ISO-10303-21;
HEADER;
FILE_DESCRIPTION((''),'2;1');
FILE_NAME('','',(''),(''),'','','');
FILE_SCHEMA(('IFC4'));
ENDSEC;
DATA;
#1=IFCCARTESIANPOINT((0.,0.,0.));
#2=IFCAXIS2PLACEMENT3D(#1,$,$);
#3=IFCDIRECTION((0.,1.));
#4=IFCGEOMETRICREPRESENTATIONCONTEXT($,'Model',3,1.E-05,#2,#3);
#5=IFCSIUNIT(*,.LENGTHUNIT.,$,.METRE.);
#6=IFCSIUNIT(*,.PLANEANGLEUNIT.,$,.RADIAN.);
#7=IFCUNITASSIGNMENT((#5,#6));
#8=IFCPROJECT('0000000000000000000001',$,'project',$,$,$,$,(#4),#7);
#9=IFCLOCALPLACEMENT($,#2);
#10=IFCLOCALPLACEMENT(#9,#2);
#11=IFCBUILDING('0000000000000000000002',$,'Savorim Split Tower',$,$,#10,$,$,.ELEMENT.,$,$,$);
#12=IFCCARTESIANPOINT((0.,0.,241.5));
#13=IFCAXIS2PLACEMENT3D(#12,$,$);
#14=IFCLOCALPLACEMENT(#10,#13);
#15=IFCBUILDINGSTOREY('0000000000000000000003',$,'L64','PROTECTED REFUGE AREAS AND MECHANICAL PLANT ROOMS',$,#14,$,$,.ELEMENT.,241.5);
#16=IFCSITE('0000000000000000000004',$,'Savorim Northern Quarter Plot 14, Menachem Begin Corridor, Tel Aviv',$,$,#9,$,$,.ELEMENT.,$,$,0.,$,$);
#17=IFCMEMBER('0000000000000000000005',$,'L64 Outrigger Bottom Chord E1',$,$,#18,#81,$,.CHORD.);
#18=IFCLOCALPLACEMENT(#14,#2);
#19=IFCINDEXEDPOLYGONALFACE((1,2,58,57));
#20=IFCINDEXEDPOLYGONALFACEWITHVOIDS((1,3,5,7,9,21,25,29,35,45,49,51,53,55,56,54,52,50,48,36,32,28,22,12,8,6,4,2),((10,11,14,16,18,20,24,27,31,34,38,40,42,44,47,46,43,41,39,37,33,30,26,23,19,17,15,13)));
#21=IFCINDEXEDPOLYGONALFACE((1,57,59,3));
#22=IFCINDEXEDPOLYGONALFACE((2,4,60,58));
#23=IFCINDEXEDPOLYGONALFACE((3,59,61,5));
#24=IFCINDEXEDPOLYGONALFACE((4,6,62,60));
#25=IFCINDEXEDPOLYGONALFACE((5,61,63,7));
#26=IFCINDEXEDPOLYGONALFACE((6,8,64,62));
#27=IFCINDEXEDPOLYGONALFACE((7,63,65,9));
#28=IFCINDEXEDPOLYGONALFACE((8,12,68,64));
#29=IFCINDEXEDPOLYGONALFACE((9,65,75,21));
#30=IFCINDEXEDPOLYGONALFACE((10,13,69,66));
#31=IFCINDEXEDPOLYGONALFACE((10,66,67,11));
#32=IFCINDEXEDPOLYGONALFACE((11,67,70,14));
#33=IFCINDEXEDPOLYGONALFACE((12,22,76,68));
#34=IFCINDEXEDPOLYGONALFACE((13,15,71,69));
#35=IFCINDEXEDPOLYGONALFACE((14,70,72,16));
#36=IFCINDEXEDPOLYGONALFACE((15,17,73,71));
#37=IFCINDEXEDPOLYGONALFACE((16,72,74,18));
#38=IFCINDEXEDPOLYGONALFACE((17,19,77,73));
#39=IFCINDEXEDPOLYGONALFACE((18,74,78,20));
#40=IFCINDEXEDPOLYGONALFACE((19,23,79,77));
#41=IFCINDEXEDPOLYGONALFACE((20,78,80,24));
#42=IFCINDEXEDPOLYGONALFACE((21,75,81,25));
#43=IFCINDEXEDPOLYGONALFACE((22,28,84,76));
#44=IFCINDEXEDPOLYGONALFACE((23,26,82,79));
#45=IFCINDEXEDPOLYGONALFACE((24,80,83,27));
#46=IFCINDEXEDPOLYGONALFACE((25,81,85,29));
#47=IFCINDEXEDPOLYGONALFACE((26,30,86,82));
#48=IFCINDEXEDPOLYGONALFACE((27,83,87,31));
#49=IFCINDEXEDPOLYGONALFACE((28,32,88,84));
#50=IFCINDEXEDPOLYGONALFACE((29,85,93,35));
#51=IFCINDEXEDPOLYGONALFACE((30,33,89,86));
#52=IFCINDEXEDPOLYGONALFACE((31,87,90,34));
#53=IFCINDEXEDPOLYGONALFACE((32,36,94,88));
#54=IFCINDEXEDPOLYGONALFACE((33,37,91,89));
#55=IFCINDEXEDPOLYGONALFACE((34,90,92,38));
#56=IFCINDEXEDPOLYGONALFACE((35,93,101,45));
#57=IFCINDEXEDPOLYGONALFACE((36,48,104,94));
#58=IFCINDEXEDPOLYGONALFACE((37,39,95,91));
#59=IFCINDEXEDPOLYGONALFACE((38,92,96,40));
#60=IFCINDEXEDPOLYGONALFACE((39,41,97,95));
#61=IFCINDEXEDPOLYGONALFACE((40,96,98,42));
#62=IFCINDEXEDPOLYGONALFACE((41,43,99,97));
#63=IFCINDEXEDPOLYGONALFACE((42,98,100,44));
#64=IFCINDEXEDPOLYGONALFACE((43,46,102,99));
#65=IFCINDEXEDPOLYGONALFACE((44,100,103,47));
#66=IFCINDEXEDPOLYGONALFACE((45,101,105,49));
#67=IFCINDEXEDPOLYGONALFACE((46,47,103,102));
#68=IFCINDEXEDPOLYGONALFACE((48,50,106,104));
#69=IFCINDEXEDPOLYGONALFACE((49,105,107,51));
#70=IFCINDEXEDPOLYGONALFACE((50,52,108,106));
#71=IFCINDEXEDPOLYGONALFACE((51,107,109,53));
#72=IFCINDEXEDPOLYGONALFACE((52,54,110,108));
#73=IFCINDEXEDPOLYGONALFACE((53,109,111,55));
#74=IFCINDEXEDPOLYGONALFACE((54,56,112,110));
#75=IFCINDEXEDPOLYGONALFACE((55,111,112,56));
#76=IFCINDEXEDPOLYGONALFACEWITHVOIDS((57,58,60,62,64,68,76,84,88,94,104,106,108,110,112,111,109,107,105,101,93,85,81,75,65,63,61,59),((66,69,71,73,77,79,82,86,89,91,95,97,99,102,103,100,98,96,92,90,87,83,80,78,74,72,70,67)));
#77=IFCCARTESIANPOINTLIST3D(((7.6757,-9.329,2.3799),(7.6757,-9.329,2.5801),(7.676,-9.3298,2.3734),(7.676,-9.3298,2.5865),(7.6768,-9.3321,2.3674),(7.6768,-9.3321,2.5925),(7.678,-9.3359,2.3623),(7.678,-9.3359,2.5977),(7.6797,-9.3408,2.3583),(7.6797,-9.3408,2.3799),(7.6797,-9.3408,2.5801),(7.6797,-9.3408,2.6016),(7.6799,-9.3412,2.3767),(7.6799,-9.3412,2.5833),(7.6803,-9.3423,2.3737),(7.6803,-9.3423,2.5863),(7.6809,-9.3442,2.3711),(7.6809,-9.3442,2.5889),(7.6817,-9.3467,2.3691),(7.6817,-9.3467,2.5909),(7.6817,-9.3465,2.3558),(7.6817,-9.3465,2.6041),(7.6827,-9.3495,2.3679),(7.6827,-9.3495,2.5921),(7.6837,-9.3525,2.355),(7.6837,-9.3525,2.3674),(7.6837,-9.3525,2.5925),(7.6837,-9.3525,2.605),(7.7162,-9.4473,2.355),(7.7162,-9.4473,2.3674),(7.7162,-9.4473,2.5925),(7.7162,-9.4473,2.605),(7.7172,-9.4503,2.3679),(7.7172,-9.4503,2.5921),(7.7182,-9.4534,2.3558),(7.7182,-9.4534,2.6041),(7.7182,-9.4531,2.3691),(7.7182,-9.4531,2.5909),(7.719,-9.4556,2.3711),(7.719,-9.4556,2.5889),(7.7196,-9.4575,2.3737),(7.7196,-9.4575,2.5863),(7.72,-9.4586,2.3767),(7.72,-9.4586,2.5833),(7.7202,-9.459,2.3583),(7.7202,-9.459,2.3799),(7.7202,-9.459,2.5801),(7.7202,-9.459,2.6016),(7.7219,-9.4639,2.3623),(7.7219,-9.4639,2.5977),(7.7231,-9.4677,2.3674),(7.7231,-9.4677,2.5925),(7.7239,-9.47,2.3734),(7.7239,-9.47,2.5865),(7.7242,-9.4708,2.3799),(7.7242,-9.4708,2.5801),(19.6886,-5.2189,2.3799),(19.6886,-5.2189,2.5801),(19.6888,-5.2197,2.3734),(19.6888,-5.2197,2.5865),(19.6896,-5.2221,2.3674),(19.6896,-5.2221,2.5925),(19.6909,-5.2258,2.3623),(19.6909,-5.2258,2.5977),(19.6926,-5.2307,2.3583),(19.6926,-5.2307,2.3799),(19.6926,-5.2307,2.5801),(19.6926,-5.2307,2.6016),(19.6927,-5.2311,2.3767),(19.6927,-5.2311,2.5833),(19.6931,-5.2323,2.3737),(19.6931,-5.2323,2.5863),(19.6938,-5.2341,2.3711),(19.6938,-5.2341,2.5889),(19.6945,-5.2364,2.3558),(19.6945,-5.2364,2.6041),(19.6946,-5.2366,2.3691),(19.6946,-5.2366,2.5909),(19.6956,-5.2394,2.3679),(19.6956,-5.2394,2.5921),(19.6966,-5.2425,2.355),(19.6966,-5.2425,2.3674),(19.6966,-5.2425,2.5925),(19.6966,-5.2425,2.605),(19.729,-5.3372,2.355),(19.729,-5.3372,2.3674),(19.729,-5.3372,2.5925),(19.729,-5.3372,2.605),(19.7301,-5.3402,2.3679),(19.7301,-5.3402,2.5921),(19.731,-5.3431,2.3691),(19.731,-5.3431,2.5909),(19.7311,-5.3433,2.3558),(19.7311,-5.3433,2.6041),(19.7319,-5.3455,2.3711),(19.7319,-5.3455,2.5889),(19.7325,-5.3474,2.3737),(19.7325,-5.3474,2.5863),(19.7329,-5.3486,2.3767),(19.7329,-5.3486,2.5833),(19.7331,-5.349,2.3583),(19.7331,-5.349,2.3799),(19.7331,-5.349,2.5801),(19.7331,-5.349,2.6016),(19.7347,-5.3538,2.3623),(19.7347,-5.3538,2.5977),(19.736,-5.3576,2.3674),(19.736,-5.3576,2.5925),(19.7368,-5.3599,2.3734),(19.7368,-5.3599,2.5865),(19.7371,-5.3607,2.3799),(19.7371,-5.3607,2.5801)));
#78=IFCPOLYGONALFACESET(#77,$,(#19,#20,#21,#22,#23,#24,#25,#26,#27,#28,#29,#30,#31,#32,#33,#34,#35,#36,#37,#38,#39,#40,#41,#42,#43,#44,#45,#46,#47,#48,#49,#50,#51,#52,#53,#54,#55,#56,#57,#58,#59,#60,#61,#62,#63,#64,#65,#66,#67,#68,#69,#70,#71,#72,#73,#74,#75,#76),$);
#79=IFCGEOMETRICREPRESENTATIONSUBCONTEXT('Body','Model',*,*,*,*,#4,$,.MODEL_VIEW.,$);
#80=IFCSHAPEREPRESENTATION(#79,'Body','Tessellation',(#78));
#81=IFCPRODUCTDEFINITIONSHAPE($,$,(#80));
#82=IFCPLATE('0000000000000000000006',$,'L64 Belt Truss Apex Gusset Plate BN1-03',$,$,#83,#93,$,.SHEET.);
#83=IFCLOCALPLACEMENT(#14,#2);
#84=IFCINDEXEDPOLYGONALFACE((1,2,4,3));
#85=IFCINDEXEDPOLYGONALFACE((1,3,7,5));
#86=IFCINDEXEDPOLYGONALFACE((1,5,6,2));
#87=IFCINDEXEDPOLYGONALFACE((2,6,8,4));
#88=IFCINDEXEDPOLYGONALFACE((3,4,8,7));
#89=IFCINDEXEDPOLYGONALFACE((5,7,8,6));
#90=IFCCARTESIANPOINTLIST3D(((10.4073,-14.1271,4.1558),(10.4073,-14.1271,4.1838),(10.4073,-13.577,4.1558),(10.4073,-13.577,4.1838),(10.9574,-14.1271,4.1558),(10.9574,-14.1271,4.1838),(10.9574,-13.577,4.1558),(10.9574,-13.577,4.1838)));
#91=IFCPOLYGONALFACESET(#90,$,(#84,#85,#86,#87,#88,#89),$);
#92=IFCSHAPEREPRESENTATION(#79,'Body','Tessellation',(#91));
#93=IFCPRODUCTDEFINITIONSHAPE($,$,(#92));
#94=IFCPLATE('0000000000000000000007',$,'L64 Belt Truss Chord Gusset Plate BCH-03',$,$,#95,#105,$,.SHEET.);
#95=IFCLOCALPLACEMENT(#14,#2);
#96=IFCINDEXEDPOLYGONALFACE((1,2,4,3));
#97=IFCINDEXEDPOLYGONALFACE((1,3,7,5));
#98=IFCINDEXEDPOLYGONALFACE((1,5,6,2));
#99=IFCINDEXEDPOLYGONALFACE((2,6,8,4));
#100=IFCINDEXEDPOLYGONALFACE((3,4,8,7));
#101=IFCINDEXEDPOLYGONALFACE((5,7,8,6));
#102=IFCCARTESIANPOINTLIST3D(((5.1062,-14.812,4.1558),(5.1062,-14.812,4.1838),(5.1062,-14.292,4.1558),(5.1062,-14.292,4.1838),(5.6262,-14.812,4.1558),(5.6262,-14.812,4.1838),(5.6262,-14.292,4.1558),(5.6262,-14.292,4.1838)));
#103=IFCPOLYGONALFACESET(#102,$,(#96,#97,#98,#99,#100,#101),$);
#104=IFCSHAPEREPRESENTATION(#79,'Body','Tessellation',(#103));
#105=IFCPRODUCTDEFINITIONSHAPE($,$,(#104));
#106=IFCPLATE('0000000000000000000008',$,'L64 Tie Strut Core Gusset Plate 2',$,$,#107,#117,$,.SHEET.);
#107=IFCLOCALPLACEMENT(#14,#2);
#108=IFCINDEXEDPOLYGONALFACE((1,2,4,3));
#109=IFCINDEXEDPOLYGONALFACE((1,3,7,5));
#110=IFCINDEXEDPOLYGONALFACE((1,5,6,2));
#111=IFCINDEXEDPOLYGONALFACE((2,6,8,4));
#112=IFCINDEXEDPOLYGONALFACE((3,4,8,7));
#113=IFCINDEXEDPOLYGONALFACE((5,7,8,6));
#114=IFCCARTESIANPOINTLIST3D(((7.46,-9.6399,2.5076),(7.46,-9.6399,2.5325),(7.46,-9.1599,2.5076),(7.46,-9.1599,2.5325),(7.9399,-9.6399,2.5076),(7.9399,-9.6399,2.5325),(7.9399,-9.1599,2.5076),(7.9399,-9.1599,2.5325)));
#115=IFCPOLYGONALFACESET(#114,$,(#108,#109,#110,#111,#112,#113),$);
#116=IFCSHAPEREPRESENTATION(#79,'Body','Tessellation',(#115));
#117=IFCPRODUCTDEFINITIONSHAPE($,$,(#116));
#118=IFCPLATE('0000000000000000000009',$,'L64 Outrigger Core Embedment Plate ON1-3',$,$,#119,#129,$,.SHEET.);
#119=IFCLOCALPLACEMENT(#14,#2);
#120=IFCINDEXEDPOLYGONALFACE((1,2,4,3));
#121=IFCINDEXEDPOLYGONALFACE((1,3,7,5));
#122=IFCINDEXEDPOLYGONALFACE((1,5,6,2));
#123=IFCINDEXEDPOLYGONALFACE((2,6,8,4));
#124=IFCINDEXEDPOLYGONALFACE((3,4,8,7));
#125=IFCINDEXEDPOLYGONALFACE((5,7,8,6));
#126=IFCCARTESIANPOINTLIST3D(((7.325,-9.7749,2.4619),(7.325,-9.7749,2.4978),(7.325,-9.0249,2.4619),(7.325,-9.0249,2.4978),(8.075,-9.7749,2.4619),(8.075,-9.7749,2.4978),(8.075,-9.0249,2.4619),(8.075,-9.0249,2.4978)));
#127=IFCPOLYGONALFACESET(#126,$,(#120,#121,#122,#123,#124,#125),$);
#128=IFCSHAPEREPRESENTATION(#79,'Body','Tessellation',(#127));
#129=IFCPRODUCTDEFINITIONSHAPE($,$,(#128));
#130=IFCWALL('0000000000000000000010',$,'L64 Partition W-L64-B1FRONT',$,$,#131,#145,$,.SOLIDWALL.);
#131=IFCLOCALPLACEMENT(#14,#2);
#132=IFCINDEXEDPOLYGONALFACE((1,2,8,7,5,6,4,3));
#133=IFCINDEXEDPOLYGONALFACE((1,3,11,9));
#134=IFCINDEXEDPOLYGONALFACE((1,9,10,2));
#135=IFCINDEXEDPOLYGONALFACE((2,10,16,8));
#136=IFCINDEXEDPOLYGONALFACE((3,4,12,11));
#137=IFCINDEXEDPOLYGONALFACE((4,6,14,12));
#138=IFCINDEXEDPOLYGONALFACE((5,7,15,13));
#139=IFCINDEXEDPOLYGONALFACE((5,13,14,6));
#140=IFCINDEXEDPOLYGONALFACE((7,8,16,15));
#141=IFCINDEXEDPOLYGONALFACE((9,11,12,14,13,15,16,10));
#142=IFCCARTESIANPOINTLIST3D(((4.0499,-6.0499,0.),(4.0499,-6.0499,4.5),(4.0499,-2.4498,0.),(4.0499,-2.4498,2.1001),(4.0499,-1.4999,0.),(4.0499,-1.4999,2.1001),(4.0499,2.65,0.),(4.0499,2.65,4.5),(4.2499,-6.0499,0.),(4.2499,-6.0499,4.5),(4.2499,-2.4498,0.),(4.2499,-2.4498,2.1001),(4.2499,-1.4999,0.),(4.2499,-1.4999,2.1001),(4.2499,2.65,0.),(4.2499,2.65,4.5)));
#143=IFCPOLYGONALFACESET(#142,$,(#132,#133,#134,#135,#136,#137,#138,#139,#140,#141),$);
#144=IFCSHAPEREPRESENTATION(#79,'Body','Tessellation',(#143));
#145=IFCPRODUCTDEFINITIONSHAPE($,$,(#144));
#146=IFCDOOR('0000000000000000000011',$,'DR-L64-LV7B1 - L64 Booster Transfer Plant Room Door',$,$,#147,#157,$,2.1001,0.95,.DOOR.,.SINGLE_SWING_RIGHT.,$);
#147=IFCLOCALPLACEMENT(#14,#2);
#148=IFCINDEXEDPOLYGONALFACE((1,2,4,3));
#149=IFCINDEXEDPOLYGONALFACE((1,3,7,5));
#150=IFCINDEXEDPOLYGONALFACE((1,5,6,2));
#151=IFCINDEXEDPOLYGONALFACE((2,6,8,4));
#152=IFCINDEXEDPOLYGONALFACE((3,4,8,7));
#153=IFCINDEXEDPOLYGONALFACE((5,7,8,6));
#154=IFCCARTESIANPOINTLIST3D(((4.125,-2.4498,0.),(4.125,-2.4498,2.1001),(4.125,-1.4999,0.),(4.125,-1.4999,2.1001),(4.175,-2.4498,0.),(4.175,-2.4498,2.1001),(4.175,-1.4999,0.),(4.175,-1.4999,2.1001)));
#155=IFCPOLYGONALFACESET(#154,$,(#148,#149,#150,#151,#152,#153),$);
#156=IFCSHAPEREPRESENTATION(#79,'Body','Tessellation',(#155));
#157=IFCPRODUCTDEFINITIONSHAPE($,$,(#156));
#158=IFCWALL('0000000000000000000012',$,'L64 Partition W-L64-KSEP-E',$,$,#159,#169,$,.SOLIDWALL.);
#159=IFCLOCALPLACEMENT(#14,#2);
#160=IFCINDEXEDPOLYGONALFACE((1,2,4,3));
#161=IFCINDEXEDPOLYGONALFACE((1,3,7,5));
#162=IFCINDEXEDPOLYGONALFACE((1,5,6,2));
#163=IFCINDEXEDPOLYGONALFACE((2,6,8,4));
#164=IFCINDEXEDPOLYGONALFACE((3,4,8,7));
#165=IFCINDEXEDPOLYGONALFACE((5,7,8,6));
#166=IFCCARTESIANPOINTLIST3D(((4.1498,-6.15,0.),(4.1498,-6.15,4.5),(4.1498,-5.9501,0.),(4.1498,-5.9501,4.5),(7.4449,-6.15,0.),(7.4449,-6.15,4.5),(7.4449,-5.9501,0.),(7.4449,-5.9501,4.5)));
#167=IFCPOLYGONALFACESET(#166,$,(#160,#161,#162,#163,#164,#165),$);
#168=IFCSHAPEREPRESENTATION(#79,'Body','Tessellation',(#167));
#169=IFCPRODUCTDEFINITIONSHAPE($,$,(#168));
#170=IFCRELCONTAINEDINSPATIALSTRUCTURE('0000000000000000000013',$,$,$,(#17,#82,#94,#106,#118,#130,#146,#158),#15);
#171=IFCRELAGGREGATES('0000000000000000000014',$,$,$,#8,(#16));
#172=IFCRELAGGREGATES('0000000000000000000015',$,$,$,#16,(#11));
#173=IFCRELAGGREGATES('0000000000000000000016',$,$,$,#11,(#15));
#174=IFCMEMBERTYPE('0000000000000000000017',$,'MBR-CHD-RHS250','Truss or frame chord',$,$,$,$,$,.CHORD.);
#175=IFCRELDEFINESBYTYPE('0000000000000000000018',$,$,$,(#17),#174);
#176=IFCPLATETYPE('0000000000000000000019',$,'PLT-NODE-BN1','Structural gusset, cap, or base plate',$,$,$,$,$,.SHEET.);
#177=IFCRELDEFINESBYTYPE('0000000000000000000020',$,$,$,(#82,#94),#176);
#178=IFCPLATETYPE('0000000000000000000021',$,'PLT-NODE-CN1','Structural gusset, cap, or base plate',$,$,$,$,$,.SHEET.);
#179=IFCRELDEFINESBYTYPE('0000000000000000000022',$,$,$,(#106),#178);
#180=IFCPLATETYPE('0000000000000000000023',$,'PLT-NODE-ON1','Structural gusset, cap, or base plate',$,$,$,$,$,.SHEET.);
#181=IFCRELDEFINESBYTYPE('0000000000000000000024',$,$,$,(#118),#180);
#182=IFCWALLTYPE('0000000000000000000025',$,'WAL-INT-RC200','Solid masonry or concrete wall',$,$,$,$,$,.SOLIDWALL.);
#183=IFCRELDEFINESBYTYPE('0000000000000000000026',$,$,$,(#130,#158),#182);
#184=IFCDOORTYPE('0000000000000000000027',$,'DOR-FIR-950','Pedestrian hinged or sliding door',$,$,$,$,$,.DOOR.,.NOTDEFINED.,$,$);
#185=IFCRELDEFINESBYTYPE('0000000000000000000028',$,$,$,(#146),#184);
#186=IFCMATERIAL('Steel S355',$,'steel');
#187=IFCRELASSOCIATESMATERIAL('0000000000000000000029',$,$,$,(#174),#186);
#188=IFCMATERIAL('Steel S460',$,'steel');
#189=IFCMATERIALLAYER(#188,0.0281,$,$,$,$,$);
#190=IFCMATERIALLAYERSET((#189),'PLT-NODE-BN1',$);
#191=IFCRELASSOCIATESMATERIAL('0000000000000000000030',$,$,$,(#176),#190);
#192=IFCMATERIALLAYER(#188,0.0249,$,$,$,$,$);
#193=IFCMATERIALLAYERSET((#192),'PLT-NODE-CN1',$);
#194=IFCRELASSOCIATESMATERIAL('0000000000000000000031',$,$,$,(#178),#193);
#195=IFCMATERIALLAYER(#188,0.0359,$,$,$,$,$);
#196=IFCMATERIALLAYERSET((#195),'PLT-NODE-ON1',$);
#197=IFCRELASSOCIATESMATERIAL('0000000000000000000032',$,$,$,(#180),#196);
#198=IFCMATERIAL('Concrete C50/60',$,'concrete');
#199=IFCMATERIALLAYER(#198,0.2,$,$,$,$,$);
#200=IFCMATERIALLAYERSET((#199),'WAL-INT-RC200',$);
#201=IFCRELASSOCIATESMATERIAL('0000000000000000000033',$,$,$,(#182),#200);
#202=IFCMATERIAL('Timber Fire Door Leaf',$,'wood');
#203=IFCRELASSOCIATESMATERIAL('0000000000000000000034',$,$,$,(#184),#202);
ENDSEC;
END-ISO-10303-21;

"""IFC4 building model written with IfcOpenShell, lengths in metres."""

from ifc_helpers import new_model, si_unit, direction, frame, frame_2d, origin, origin_2d, place, context, subcontext, project, spatial, rectangle, hollow_rectangle, extrude, material, layer, layer_set, material_profile, profile_set, type_object, element, fill, save


model = new_model("IFC4")

# Units and contexts
model_context = context("Model", 3, precision=1e-05, world=origin(), true_north=direction((0.0, 1.0)))
body_context = subcontext(model_context, "Body", "Model", "MODEL_VIEW")
ifc_project = project(units=[si_unit("LENGTHUNIT", "METRE"), si_unit("PLANEANGLEUNIT", "RADIAN")], contexts=[model_context])

# Site, building, storey
site_placement = place(None, origin())
site = spatial("IfcSite", under=ifc_project, at=site_placement, Name="Savorim Northern Quarter Plot 14, Menachem Begin Corridor, Tel Aviv", CompositionType="ELEMENT", RefElevation=0.0)
building_placement = place(site_placement, origin())
building = spatial("IfcBuilding", under=site, at=building_placement, Name="Savorim Split Tower", CompositionType="ELEMENT")
storey_placement = place(building_placement, frame((0.0, 0.0, 241.5)))
storey = spatial("IfcBuildingStorey", under=building, at=storey_placement, Name="L64", Description="PROTECTED REFUGE AREAS AND MECHANICAL PLANT ROOMS", CompositionType="ELEMENT", Elevation=241.5)

# Shared definitions
ifc_material_1 = material(Name="Steel S355", Category="steel")

# Member
ifc_material_2 = material(Name="Steel S460", Category="steel")
ifc_material_profile_1 = material_profile(ifc_material_1, hollow_rectangle(XDim=0.1499, YDim=0.25, WallThickness=0.0125, InnerFilletRadius=0.0125, OuterFilletRadius=0.0249, at=origin_2d()), Name="RHS 250x150x12.5")
ifc_profile_set_1 = profile_set([ifc_material_profile_1], Name="Steel S355")
member_type_1 = type_object("IfcMemberType", Name="MBR-CHD-RHS250", Description="Truss or frame chord", PredefinedType="CHORD", material=ifc_profile_set_1)
member_1_placement = place(storey_placement, frame((7.7, -9.3999, 2.48), z_axis=(0.946154, 0.323717, 0.0), x_axis=(-0.323717, 0.946154, 0.0)))
element("IfcMember", 1, at=member_1_placement, inside=storey, type_object=member_type_1, Name="L64 Outrigger Bottom Chord E1", PredefinedType="CHORD", context=body_context, shape_type="SweptSolid", body=[
    extrude(hollow_rectangle(XDim=0.1499, YDim=0.25, WallThickness=0.0125, InnerFilletRadius=0.0125, OuterFilletRadius=0.0249, at=origin_2d()), origin(), (0.0, 0.0, 1.0), 12.6965),
])

# Plates
ifc_layer_1 = layer(ifc_material_2, 0.0281)
ifc_layer_set_1 = layer_set([ifc_layer_1], Name="PLT-NODE-BN1")
plate_type_1 = type_object("IfcPlateType", Name="PLT-NODE-BN1", Description="Structural gusset, cap, or base plate", PredefinedType="SHEET", material=ifc_layer_set_1)
plate_1_placement = place(storey_placement, frame((10.6824, -13.8521, 4.1558), z_axis=(0.0, 0.0, 1.0), x_axis=(1.0, 0.0, 0.0)))
element("IfcPlate", 2, at=plate_1_placement, inside=storey, type_object=plate_type_1, Name="L64 Belt Truss Apex Gusset Plate BN1-03", PredefinedType="SHEET", context=body_context, shape_type="SweptSolid", body=[
    extrude(rectangle(XDim=0.55, YDim=0.55, at=origin_2d()), origin(), (0.0, 0.0, 1.0), 0.0281),
])
plate_2_placement = place(storey_placement, frame((5.3662, -14.552, 4.1558), z_axis=(0.0, 0.0, 1.0), x_axis=(1.0, 0.0, 0.0)))
element("IfcPlate", 3, at=plate_2_placement, inside=storey, type_object=plate_type_1, Name="L64 Belt Truss Chord Gusset Plate BCH-03", PredefinedType="SHEET", context=body_context, shape_type="SweptSolid", body=[
    extrude(rectangle(XDim=0.52, YDim=0.52, at=origin_2d()), origin(), (0.0, 0.0, 1.0), 0.0281),
])
ifc_layer_2 = layer(ifc_material_2, 0.0249)
ifc_layer_set_2 = layer_set([ifc_layer_2], Name="PLT-NODE-CN1")
plate_type_2 = type_object("IfcPlateType", Name="PLT-NODE-CN1", Description="Structural gusset, cap, or base plate", PredefinedType="SHEET", material=ifc_layer_set_2)
plate_3_placement = place(storey_placement, frame((7.7, -9.3999, 2.5076), z_axis=(0.0, 0.0, 1.0), x_axis=(1.0, 0.0, 0.0)))
element("IfcPlate", 4, at=plate_3_placement, inside=storey, type_object=plate_type_2, Name="L64 Tie Strut Core Gusset Plate 2", PredefinedType="SHEET", context=body_context, shape_type="SweptSolid", body=[
    extrude(rectangle(XDim=0.48, YDim=0.48, at=origin_2d()), origin(), (0.0, 0.0, 1.0), 0.0249),
])
ifc_layer_3 = layer(ifc_material_2, 0.0359)
ifc_layer_set_3 = layer_set([ifc_layer_3], Name="PLT-NODE-ON1")
plate_type_3 = type_object("IfcPlateType", Name="PLT-NODE-ON1", Description="Structural gusset, cap, or base plate", PredefinedType="SHEET", material=ifc_layer_set_3)
plate_4_placement = place(storey_placement, frame((7.7, -9.3999, 2.4619), z_axis=(0.0, 0.0, 1.0), x_axis=(1.0, 0.0, 0.0)))
element("IfcPlate", 5, at=plate_4_placement, inside=storey, type_object=plate_type_3, Name="L64 Outrigger Core Embedment Plate ON1-3", PredefinedType="SHEET", context=body_context, shape_type="SweptSolid", body=[
    extrude(rectangle(XDim=0.75, YDim=0.75, at=origin_2d()), origin(), (0.0, 0.0, 1.0), 0.0359),
])

# Wall, opening, door
ifc_material_3 = material(Name="Concrete C50/60", Category="concrete")
ifc_layer_4 = layer(ifc_material_3, 0.2)
ifc_layer_set_4 = layer_set([ifc_layer_4], Name="WAL-INT-RC200")
wall_type_1 = type_object("IfcWallType", Name="WAL-INT-RC200", Description="Solid masonry or concrete wall", PredefinedType="SOLIDWALL", material=ifc_layer_set_4)
wall_1_placement = place(storey_placement, frame((4.1499, -6.05, 0.0), z_axis=(0.0, 0.0, 1.0), x_axis=(0.0, 1.0, 0.0)))
wall_1 = element("IfcWall", 6, at=wall_1_placement, inside=storey, type_object=wall_type_1, Name="L64 Partition W-L64-B1FRONT", PredefinedType="SOLIDWALL", context=body_context, shape_type="SweptSolid", body=[
    extrude(rectangle(XDim=8.7, YDim=0.2, at=frame_2d((4.3501, 0.0))), origin(), (0.0, 0.0, 1.0), 4.5),
])
opening_1_placement = place(wall_1_placement, frame((3.6001, 0.0, 0.0)))
opening_1 = element("IfcOpeningElement", 7, at=opening_1_placement, cuts=wall_1, PredefinedType="OPENING", context=body_context, shape_type="SweptSolid", body=[
    extrude(rectangle(XDim=0.95, YDim=2.1001, at=frame_2d((0.4751, 1.05))), frame((0.0, 0.1099, 0.0), z_axis=(0.0, -1.0, 0.0), x_axis=(1.0, 0.0, 0.0)), (0.0, 0.0, 1.0), 0.22),
])
ifc_material_4 = material(Name="Timber Fire Door Leaf", Category="wood")
door_type_1 = type_object("IfcDoorType", Name="DOR-FIR-950", Description="Pedestrian hinged or sliding door", OperationType="NOTDEFINED", PredefinedType="DOOR", material=ifc_material_4)
door_1_placement = place(opening_1_placement, origin())
door_1 = element("IfcDoor", 8, at=door_1_placement, inside=storey, type_object=door_type_1, Name="DR-L64-LV7B1 - L64 Booster Transfer Plant Room Door", OperationType="SINGLE_SWING_RIGHT", OverallHeight=2.1001, OverallWidth=0.95, PredefinedType="DOOR", context=body_context, shape_type="SweptSolid", body=[
    extrude(rectangle(XDim=0.95, YDim=2.1001, at=frame_2d((0.4751, 1.05))), frame((0.0, 0.0249, 0.0), z_axis=(0.0, -1.0, 0.0), x_axis=(1.0, 0.0, 0.0)), (0.0, 0.0, 1.0), 0.05),
])
fill(opening_1, door_1)

# Wall
wall_2_placement = place(storey_placement, frame((4.1499, -6.05, 0.0), z_axis=(0.0, 0.0, 1.0), x_axis=(1.0, 0.0, 0.0)))
element("IfcWall", 9, at=wall_2_placement, inside=storey, type_object=wall_type_1, Name="L64 Partition W-L64-KSEP-E", PredefinedType="SOLIDWALL", context=body_context, shape_type="SweptSolid", body=[
    extrude(rectangle(XDim=3.2952, YDim=0.2, at=frame_2d((1.6475, 0.0))), origin(), (0.0, 0.0, 1.0), 4.5),
])

save(model, "model.ifc")
